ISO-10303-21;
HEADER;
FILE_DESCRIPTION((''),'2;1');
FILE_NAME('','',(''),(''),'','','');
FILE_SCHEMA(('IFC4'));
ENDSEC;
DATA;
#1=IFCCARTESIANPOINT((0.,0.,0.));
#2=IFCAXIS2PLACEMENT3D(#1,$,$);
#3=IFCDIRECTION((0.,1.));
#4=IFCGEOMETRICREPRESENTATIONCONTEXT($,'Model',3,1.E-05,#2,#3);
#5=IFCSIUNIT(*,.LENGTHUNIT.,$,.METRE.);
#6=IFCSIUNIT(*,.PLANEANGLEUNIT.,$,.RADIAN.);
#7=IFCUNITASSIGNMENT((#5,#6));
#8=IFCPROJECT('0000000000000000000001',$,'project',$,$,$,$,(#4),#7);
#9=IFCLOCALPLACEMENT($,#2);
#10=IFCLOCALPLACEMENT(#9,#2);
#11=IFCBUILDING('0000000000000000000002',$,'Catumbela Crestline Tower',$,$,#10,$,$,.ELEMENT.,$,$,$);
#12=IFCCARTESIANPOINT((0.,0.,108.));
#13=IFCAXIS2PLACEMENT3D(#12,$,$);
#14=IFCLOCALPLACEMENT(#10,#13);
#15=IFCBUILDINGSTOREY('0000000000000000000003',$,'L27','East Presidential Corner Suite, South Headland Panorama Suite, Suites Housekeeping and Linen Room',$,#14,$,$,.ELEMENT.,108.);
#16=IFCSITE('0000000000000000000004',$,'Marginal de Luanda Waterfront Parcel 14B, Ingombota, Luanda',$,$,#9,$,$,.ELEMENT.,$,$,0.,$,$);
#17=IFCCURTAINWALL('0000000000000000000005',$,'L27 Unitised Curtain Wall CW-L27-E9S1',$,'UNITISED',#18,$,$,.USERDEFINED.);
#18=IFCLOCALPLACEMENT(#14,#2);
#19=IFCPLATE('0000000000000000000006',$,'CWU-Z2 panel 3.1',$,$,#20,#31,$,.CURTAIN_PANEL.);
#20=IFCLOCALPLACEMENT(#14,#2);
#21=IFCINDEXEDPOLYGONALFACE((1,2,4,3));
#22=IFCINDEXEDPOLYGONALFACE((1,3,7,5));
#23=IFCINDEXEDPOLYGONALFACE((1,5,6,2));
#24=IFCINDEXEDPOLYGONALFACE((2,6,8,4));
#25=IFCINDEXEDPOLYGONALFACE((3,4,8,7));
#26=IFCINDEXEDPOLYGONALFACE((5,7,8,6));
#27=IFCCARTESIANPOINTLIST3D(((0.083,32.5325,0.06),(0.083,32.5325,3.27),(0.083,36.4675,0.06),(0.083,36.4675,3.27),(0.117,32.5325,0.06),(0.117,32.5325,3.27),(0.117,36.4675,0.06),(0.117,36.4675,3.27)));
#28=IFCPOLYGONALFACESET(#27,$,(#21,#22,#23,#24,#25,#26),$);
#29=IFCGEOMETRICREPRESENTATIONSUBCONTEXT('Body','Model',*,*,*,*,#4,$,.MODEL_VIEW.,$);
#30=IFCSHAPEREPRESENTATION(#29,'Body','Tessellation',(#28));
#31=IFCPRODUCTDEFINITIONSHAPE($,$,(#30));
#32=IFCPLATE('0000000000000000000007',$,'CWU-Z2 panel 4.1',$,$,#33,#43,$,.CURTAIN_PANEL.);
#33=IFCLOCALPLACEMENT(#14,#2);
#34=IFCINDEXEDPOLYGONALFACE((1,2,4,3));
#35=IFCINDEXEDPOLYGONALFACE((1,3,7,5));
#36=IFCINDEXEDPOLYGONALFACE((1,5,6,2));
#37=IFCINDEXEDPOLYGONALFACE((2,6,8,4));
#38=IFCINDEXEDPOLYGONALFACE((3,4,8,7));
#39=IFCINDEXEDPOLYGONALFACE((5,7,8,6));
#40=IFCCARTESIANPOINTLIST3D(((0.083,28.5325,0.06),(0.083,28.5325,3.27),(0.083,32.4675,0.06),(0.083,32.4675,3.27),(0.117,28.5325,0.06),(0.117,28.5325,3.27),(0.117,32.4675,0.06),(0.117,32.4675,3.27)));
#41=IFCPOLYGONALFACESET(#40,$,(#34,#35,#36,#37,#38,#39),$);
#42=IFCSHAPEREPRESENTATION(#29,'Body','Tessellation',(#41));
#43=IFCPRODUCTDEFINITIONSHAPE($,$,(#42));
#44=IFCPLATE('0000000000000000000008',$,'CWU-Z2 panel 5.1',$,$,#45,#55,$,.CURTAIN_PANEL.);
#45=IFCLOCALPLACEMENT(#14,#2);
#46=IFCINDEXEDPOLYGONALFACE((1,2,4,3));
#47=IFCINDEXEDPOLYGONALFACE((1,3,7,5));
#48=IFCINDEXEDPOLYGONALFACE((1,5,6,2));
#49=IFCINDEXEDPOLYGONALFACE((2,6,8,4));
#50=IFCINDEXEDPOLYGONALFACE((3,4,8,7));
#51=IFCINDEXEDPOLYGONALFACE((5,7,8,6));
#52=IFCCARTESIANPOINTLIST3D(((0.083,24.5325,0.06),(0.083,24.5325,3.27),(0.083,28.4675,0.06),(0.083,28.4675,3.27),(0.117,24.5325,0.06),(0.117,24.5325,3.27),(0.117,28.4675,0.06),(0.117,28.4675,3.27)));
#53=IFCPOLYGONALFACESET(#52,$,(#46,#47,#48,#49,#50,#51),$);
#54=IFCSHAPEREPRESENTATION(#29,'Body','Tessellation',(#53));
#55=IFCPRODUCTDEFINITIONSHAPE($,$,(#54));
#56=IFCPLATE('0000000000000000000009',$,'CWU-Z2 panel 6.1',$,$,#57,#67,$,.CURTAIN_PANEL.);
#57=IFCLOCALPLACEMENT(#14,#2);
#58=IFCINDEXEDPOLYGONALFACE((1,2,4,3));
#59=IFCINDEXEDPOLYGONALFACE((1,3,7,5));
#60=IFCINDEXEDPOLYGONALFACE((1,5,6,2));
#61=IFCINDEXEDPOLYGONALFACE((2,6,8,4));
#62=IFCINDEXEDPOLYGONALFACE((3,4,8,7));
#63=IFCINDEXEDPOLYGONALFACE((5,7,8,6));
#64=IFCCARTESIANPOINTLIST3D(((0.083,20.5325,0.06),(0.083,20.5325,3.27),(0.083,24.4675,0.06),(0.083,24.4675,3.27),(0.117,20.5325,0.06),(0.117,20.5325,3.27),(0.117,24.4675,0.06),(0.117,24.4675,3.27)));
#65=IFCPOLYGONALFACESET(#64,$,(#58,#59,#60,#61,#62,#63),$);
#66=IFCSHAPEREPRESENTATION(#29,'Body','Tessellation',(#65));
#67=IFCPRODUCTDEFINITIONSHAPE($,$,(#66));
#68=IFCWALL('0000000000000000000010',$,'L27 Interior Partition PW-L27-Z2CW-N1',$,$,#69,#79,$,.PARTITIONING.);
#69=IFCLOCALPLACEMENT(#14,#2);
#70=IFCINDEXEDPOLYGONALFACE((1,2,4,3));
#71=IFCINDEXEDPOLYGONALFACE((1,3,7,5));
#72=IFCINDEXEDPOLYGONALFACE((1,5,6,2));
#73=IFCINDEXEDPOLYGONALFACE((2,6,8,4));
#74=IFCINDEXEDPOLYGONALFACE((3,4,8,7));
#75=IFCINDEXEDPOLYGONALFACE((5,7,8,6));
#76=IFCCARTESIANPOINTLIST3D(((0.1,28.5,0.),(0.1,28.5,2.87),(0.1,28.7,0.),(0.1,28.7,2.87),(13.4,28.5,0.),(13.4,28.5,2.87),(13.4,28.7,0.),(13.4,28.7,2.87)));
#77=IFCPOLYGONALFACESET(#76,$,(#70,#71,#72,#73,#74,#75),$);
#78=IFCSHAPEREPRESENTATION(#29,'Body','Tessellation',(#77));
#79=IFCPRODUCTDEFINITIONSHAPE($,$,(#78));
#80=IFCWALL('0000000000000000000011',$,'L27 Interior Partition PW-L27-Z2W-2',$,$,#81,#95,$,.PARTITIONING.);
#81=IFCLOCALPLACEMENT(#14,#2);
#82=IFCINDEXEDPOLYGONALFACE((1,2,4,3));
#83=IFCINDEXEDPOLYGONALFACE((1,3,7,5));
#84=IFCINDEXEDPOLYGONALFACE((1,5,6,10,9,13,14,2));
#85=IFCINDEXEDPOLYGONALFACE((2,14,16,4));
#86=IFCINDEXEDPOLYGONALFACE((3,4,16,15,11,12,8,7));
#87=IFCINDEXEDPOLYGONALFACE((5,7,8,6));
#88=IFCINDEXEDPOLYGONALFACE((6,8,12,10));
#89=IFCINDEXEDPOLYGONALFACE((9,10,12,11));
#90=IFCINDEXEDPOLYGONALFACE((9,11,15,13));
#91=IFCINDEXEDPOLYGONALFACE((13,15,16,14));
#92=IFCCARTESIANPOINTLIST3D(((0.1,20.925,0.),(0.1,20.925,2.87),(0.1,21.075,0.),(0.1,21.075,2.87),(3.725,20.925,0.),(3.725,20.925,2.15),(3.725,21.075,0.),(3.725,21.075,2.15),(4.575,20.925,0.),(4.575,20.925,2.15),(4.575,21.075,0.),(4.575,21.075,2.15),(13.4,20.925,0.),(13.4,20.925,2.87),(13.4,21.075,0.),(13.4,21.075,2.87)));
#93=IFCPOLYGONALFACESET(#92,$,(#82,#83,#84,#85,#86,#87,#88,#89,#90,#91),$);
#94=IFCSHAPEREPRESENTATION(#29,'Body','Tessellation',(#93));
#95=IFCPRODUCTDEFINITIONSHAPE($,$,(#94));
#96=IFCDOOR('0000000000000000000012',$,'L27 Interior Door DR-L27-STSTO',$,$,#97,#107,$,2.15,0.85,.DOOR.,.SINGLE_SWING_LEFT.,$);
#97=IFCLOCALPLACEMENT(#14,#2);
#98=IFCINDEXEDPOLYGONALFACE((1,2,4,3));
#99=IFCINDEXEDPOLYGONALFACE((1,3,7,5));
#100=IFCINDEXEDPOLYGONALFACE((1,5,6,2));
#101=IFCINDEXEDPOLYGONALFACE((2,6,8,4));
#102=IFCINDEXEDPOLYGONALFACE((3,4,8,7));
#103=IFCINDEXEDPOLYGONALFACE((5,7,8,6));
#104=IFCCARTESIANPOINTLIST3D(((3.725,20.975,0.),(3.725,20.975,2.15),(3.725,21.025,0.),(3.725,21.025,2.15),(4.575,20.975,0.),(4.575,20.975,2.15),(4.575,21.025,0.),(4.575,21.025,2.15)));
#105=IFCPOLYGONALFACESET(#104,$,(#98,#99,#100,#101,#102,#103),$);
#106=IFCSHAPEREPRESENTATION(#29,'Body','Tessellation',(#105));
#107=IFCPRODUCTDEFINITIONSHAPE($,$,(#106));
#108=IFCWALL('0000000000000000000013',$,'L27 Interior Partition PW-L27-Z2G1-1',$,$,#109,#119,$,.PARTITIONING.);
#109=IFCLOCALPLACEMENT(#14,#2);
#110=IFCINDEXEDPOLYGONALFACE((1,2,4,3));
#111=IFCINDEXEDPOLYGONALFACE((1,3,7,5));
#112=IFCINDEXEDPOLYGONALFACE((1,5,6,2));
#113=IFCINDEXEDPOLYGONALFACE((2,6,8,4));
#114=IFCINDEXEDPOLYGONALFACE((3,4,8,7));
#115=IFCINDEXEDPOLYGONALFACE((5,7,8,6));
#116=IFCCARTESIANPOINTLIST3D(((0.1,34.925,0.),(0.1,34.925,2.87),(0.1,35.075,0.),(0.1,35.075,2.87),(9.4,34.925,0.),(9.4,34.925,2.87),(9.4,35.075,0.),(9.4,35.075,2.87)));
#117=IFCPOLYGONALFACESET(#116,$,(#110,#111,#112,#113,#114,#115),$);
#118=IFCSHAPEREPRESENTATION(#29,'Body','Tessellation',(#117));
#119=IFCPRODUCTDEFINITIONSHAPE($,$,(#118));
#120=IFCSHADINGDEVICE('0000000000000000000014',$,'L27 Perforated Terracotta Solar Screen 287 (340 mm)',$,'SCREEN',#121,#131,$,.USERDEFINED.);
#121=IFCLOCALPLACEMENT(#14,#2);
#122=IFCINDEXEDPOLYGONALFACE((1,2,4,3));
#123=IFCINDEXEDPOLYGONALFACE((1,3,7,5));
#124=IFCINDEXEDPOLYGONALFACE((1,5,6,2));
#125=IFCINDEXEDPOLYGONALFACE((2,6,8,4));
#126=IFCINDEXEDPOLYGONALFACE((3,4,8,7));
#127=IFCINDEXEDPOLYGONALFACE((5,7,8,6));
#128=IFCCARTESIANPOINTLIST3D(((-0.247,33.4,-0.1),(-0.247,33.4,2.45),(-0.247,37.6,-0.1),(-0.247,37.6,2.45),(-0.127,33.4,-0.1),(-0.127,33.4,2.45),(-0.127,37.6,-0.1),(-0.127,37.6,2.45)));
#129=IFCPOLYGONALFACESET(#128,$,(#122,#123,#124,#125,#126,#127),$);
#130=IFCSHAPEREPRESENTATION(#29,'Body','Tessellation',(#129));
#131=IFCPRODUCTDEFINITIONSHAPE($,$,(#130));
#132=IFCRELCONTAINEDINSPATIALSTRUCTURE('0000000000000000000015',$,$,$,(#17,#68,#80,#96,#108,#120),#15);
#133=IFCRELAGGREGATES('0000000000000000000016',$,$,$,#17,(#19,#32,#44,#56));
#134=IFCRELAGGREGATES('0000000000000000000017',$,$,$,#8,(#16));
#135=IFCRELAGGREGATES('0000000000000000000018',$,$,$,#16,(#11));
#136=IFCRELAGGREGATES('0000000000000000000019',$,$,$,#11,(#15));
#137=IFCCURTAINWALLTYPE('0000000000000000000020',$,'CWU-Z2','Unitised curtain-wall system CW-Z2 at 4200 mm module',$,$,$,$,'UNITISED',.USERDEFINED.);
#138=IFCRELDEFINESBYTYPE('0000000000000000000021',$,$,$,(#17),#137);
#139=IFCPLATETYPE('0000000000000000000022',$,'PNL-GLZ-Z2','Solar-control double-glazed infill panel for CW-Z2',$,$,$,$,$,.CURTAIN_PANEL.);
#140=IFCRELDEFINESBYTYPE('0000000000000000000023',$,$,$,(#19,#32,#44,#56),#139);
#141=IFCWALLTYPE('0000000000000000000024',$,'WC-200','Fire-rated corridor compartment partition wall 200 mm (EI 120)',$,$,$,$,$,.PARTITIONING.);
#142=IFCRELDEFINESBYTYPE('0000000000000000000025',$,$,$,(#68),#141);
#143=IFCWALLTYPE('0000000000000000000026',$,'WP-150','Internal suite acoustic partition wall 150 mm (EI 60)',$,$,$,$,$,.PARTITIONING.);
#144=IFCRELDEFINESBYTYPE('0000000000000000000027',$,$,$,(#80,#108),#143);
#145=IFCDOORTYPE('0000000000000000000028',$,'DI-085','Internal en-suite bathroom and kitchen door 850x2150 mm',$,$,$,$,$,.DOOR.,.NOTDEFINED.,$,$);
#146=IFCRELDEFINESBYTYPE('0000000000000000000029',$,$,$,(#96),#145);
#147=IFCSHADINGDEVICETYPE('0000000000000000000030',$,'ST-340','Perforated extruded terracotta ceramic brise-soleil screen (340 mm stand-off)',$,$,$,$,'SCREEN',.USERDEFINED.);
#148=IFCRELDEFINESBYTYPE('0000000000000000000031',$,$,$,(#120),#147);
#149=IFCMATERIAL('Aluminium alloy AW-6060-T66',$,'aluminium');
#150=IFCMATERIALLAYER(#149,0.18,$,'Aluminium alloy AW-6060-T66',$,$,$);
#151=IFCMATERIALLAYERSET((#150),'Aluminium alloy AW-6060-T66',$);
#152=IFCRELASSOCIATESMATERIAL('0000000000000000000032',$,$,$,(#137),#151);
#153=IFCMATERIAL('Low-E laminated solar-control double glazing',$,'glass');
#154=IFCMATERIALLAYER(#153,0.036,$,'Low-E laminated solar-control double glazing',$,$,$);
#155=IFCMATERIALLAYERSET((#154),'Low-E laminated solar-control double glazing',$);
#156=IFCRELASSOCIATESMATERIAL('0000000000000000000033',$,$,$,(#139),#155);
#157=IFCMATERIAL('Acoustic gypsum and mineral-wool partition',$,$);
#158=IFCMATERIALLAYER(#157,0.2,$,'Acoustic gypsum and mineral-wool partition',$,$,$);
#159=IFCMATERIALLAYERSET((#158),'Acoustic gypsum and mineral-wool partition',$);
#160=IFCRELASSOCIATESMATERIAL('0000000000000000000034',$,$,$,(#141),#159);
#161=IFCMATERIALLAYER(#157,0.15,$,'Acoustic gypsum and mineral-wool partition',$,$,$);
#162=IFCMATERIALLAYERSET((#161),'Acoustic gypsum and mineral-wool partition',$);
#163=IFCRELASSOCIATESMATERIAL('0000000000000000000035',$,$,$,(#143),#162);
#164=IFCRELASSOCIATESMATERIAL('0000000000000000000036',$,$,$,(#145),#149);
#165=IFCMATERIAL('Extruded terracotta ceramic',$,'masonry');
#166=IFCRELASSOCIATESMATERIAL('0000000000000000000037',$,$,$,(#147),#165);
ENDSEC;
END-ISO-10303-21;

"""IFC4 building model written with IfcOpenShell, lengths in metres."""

from ifc_helpers import new_model, si_unit, direction, frame, frame_2d, origin, origin_2d, place, context, subcontext, project, spatial, rectangle, extrude, material, layer, layer_set, type_object, element, fill, aggregate, save


model = new_model("IFC4")

# Units and contexts
model_context = context("Model", 3, precision=1e-05, world=origin(), true_north=direction((0.0, 1.0)))
body_context = subcontext(model_context, "Body", "Model", "MODEL_VIEW")
ifc_project = project(units=[si_unit("LENGTHUNIT", "METRE"), si_unit("PLANEANGLEUNIT", "RADIAN")], contexts=[model_context])

# Site, building, storey
site_placement = place(None, origin())
site = spatial("IfcSite", under=ifc_project, at=site_placement, Name="Marginal de Luanda Waterfront Parcel 14B, Ingombota, Luanda", CompositionType="ELEMENT", RefElevation=0.0)
building_placement = place(site_placement, origin())
building = spatial("IfcBuilding", under=site, at=building_placement, Name="Catumbela Crestline Tower", CompositionType="ELEMENT")
storey_placement = place(building_placement, frame((0.0, 0.0, 108.0)))
storey = spatial("IfcBuildingStorey", under=building, at=storey_placement, Name="L27", Description="East Presidential Corner Suite, South Headland Panorama Suite, Suites Housekeeping and Linen Room", CompositionType="ELEMENT", Elevation=108.0)

# Curtain wall
ifc_material_1 = material(Name="Aluminium alloy AW-6060-T66", Category="aluminium")
ifc_layer_1 = layer(ifc_material_1, 0.18, Name="Aluminium alloy AW-6060-T66")
ifc_layer_set_1 = layer_set([ifc_layer_1], Name="Aluminium alloy AW-6060-T66")
curtain_wall_type = type_object("IfcCurtainWallType", Name="CWU-Z2", Description="Unitised curtain-wall system CW-Z2 at 4200 mm module", ElementType="UNITISED", PredefinedType="USERDEFINED", material=ifc_layer_set_1)
curtain_wall_placement = place(storey_placement, origin())
curtain_wall = element("IfcCurtainWall", 1, at=curtain_wall_placement, inside=storey, type_object=curtain_wall_type, Name="L27 Unitised Curtain Wall CW-L27-E9S1", ObjectType="UNITISED", PredefinedType="USERDEFINED")

# Plates
ifc_material_2 = material(Name="Low-E laminated solar-control double glazing", Category="glass")
ifc_layer_2 = layer(ifc_material_2, 0.036, Name="Low-E laminated solar-control double glazing")
ifc_layer_set_2 = layer_set([ifc_layer_2], Name="Low-E laminated solar-control double glazing")
plate_type = type_object("IfcPlateType", Name="PNL-GLZ-Z2", Description="Solar-control double-glazed infill panel for CW-Z2", PredefinedType="CURTAIN_PANEL", material=ifc_layer_set_2)
plate_1_placement = place(storey_placement, frame((0.1, 34.5, 0.06), z_axis=(0.0, 0.0, 1.0), x_axis=(0.0, -1.0, 0.0)))
plate_1 = element("IfcPlate", 2, at=plate_1_placement, type_object=plate_type, Name="CWU-Z2 panel 3.1", PredefinedType="CURTAIN_PANEL", context=body_context, shape_type="SweptSolid", body=[
    extrude(rectangle(XDim=3.935, YDim=0.034, at=origin_2d()), origin(), (0.0, 0.0, 1.0), 3.21),
])
plate_2_placement = place(storey_placement, frame((0.1, 30.5, 0.06), z_axis=(0.0, 0.0, 1.0), x_axis=(0.0, -1.0, 0.0)))
plate_2 = element("IfcPlate", 3, at=plate_2_placement, type_object=plate_type, Name="CWU-Z2 panel 4.1", PredefinedType="CURTAIN_PANEL", context=body_context, shape_type="SweptSolid", body=[
    extrude(rectangle(XDim=3.935, YDim=0.034, at=origin_2d()), origin(), (0.0, 0.0, 1.0), 3.21),
])
plate_3_placement = place(storey_placement, frame((0.1, 26.5, 0.06), z_axis=(0.0, 0.0, 1.0), x_axis=(0.0, -1.0, 0.0)))
plate_3 = element("IfcPlate", 4, at=plate_3_placement, type_object=plate_type, Name="CWU-Z2 panel 5.1", PredefinedType="CURTAIN_PANEL", context=body_context, shape_type="SweptSolid", body=[
    extrude(rectangle(XDim=3.935, YDim=0.034, at=origin_2d()), origin(), (0.0, 0.0, 1.0), 3.21),
])
plate_4_placement = place(storey_placement, frame((0.1, 22.5, 0.06), z_axis=(0.0, 0.0, 1.0), x_axis=(0.0, -1.0, 0.0)))
plate_4 = element("IfcPlate", 5, at=plate_4_placement, type_object=plate_type, Name="CWU-Z2 panel 6.1", PredefinedType="CURTAIN_PANEL", context=body_context, shape_type="SweptSolid", body=[
    extrude(rectangle(XDim=3.935, YDim=0.034, at=origin_2d()), origin(), (0.0, 0.0, 1.0), 3.21),
])
aggregate(curtain_wall, [plate_1, plate_2, plate_3, plate_4])

# Wall
ifc_material_3 = material(Name="Acoustic gypsum and mineral-wool partition")
ifc_layer_3 = layer(ifc_material_3, 0.2, Name="Acoustic gypsum and mineral-wool partition")
ifc_layer_set_3 = layer_set([ifc_layer_3], Name="Acoustic gypsum and mineral-wool partition")
wall_type_1 = type_object("IfcWallType", Name="WC-200", Description="Fire-rated corridor compartment partition wall 200 mm (EI 120)", PredefinedType="PARTITIONING", material=ifc_layer_set_3)
wall_1_placement = place(storey_placement, frame((0.1, 28.6, 0.0), z_axis=(0.0, 0.0, 1.0), x_axis=(1.0, 0.0, 0.0)))
element("IfcWall", 6, at=wall_1_placement, inside=storey, type_object=wall_type_1, Name="L27 Interior Partition PW-L27-Z2CW-N1", PredefinedType="PARTITIONING", context=body_context, shape_type="SweptSolid", body=[
    extrude(rectangle(XDim=13.3, YDim=0.2, at=frame_2d((6.65, 0.0))), origin(), (0.0, 0.0, 1.0), 2.87),
])

# Wall, opening, door
ifc_layer_4 = layer(ifc_material_3, 0.15, Name="Acoustic gypsum and mineral-wool partition")
ifc_layer_set_4 = layer_set([ifc_layer_4], Name="Acoustic gypsum and mineral-wool partition")
wall_type_2 = type_object("IfcWallType", Name="WP-150", Description="Internal suite acoustic partition wall 150 mm (EI 60)", PredefinedType="PARTITIONING", material=ifc_layer_set_4)
wall_2_placement = place(storey_placement, frame((0.1, 21.0, 0.0), z_axis=(0.0, 0.0, 1.0), x_axis=(1.0, 0.0, 0.0)))
wall_2 = element("IfcWall", 7, at=wall_2_placement, inside=storey, type_object=wall_type_2, Name="L27 Interior Partition PW-L27-Z2W-2", PredefinedType="PARTITIONING", context=body_context, shape_type="SweptSolid", body=[
    extrude(rectangle(XDim=13.3, YDim=0.15, at=frame_2d((6.65, 0.0))), origin(), (0.0, 0.0, 1.0), 2.87),
])
opening_placement = place(wall_2_placement, frame((3.625, 0.0, 0.0)))
opening = element("IfcOpeningElement", 8, at=opening_placement, cuts=wall_2, PredefinedType="OPENING", context=body_context, shape_type="SweptSolid", body=[
    extrude(rectangle(XDim=0.85, YDim=2.15, at=frame_2d((0.425, 1.075))), frame((0.0, 0.085, 0.0), z_axis=(0.0, -1.0, 0.0), x_axis=(1.0, 0.0, 0.0)), (0.0, 0.0, 1.0), 0.17),
])
door_type = type_object("IfcDoorType", Name="DI-085", Description="Internal en-suite bathroom and kitchen door 850x2150 mm", OperationType="NOTDEFINED", PredefinedType="DOOR", material=ifc_material_1)
door_placement = place(opening_placement, origin())
door = element("IfcDoor", 9, at=door_placement, inside=storey, type_object=door_type, Name="L27 Interior Door DR-L27-STSTO", OperationType="SINGLE_SWING_LEFT", OverallHeight=2.15, OverallWidth=0.85, PredefinedType="DOOR", context=body_context, shape_type="SweptSolid", body=[
    extrude(rectangle(XDim=0.85, YDim=2.15, at=frame_2d((0.425, 1.075))), frame((0.0, 0.025, 0.0), z_axis=(0.0, -1.0, 0.0), x_axis=(1.0, 0.0, 0.0)), (0.0, 0.0, 1.0), 0.05),
])
fill(opening, door)

# Wall
wall_3_placement = place(storey_placement, frame((0.1, 35.0, 0.0), z_axis=(0.0, 0.0, 1.0), x_axis=(1.0, 0.0, 0.0)))
element("IfcWall", 10, at=wall_3_placement, inside=storey, type_object=wall_type_2, Name="L27 Interior Partition PW-L27-Z2G1-1", PredefinedType="PARTITIONING", context=body_context, shape_type="SweptSolid", body=[
    extrude(rectangle(XDim=9.3, YDim=0.15, at=frame_2d((4.65, 0.0))), origin(), (0.0, 0.0, 1.0), 2.87),
])

# Shading device
ifc_material_4 = material(Name="Extruded terracotta ceramic", Category="masonry")
shading_device_type = type_object("IfcShadingDeviceType", Name="ST-340", Description="Perforated extruded terracotta ceramic brise-soleil screen (340 mm stand-off)", ElementType="SCREEN", PredefinedType="USERDEFINED", material=ifc_material_4)
shading_device_placement = place(storey_placement, frame((-0.187, 35.5, -0.1), z_axis=(0.0, 0.0, 1.0), x_axis=(0.0, -1.0, 0.0)))
element("IfcShadingDevice", 11, at=shading_device_placement, inside=storey, type_object=shading_device_type, Name="L27 Perforated Terracotta Solar Screen 287 (340 mm)", ObjectType="SCREEN", PredefinedType="USERDEFINED", context=body_context, shape_type="SweptSolid", body=[
    extrude(rectangle(XDim=4.2, YDim=0.12, at=origin_2d()), origin(), (0.0, 0.0, 1.0), 2.55),
])

save(model, "model.ifc")
